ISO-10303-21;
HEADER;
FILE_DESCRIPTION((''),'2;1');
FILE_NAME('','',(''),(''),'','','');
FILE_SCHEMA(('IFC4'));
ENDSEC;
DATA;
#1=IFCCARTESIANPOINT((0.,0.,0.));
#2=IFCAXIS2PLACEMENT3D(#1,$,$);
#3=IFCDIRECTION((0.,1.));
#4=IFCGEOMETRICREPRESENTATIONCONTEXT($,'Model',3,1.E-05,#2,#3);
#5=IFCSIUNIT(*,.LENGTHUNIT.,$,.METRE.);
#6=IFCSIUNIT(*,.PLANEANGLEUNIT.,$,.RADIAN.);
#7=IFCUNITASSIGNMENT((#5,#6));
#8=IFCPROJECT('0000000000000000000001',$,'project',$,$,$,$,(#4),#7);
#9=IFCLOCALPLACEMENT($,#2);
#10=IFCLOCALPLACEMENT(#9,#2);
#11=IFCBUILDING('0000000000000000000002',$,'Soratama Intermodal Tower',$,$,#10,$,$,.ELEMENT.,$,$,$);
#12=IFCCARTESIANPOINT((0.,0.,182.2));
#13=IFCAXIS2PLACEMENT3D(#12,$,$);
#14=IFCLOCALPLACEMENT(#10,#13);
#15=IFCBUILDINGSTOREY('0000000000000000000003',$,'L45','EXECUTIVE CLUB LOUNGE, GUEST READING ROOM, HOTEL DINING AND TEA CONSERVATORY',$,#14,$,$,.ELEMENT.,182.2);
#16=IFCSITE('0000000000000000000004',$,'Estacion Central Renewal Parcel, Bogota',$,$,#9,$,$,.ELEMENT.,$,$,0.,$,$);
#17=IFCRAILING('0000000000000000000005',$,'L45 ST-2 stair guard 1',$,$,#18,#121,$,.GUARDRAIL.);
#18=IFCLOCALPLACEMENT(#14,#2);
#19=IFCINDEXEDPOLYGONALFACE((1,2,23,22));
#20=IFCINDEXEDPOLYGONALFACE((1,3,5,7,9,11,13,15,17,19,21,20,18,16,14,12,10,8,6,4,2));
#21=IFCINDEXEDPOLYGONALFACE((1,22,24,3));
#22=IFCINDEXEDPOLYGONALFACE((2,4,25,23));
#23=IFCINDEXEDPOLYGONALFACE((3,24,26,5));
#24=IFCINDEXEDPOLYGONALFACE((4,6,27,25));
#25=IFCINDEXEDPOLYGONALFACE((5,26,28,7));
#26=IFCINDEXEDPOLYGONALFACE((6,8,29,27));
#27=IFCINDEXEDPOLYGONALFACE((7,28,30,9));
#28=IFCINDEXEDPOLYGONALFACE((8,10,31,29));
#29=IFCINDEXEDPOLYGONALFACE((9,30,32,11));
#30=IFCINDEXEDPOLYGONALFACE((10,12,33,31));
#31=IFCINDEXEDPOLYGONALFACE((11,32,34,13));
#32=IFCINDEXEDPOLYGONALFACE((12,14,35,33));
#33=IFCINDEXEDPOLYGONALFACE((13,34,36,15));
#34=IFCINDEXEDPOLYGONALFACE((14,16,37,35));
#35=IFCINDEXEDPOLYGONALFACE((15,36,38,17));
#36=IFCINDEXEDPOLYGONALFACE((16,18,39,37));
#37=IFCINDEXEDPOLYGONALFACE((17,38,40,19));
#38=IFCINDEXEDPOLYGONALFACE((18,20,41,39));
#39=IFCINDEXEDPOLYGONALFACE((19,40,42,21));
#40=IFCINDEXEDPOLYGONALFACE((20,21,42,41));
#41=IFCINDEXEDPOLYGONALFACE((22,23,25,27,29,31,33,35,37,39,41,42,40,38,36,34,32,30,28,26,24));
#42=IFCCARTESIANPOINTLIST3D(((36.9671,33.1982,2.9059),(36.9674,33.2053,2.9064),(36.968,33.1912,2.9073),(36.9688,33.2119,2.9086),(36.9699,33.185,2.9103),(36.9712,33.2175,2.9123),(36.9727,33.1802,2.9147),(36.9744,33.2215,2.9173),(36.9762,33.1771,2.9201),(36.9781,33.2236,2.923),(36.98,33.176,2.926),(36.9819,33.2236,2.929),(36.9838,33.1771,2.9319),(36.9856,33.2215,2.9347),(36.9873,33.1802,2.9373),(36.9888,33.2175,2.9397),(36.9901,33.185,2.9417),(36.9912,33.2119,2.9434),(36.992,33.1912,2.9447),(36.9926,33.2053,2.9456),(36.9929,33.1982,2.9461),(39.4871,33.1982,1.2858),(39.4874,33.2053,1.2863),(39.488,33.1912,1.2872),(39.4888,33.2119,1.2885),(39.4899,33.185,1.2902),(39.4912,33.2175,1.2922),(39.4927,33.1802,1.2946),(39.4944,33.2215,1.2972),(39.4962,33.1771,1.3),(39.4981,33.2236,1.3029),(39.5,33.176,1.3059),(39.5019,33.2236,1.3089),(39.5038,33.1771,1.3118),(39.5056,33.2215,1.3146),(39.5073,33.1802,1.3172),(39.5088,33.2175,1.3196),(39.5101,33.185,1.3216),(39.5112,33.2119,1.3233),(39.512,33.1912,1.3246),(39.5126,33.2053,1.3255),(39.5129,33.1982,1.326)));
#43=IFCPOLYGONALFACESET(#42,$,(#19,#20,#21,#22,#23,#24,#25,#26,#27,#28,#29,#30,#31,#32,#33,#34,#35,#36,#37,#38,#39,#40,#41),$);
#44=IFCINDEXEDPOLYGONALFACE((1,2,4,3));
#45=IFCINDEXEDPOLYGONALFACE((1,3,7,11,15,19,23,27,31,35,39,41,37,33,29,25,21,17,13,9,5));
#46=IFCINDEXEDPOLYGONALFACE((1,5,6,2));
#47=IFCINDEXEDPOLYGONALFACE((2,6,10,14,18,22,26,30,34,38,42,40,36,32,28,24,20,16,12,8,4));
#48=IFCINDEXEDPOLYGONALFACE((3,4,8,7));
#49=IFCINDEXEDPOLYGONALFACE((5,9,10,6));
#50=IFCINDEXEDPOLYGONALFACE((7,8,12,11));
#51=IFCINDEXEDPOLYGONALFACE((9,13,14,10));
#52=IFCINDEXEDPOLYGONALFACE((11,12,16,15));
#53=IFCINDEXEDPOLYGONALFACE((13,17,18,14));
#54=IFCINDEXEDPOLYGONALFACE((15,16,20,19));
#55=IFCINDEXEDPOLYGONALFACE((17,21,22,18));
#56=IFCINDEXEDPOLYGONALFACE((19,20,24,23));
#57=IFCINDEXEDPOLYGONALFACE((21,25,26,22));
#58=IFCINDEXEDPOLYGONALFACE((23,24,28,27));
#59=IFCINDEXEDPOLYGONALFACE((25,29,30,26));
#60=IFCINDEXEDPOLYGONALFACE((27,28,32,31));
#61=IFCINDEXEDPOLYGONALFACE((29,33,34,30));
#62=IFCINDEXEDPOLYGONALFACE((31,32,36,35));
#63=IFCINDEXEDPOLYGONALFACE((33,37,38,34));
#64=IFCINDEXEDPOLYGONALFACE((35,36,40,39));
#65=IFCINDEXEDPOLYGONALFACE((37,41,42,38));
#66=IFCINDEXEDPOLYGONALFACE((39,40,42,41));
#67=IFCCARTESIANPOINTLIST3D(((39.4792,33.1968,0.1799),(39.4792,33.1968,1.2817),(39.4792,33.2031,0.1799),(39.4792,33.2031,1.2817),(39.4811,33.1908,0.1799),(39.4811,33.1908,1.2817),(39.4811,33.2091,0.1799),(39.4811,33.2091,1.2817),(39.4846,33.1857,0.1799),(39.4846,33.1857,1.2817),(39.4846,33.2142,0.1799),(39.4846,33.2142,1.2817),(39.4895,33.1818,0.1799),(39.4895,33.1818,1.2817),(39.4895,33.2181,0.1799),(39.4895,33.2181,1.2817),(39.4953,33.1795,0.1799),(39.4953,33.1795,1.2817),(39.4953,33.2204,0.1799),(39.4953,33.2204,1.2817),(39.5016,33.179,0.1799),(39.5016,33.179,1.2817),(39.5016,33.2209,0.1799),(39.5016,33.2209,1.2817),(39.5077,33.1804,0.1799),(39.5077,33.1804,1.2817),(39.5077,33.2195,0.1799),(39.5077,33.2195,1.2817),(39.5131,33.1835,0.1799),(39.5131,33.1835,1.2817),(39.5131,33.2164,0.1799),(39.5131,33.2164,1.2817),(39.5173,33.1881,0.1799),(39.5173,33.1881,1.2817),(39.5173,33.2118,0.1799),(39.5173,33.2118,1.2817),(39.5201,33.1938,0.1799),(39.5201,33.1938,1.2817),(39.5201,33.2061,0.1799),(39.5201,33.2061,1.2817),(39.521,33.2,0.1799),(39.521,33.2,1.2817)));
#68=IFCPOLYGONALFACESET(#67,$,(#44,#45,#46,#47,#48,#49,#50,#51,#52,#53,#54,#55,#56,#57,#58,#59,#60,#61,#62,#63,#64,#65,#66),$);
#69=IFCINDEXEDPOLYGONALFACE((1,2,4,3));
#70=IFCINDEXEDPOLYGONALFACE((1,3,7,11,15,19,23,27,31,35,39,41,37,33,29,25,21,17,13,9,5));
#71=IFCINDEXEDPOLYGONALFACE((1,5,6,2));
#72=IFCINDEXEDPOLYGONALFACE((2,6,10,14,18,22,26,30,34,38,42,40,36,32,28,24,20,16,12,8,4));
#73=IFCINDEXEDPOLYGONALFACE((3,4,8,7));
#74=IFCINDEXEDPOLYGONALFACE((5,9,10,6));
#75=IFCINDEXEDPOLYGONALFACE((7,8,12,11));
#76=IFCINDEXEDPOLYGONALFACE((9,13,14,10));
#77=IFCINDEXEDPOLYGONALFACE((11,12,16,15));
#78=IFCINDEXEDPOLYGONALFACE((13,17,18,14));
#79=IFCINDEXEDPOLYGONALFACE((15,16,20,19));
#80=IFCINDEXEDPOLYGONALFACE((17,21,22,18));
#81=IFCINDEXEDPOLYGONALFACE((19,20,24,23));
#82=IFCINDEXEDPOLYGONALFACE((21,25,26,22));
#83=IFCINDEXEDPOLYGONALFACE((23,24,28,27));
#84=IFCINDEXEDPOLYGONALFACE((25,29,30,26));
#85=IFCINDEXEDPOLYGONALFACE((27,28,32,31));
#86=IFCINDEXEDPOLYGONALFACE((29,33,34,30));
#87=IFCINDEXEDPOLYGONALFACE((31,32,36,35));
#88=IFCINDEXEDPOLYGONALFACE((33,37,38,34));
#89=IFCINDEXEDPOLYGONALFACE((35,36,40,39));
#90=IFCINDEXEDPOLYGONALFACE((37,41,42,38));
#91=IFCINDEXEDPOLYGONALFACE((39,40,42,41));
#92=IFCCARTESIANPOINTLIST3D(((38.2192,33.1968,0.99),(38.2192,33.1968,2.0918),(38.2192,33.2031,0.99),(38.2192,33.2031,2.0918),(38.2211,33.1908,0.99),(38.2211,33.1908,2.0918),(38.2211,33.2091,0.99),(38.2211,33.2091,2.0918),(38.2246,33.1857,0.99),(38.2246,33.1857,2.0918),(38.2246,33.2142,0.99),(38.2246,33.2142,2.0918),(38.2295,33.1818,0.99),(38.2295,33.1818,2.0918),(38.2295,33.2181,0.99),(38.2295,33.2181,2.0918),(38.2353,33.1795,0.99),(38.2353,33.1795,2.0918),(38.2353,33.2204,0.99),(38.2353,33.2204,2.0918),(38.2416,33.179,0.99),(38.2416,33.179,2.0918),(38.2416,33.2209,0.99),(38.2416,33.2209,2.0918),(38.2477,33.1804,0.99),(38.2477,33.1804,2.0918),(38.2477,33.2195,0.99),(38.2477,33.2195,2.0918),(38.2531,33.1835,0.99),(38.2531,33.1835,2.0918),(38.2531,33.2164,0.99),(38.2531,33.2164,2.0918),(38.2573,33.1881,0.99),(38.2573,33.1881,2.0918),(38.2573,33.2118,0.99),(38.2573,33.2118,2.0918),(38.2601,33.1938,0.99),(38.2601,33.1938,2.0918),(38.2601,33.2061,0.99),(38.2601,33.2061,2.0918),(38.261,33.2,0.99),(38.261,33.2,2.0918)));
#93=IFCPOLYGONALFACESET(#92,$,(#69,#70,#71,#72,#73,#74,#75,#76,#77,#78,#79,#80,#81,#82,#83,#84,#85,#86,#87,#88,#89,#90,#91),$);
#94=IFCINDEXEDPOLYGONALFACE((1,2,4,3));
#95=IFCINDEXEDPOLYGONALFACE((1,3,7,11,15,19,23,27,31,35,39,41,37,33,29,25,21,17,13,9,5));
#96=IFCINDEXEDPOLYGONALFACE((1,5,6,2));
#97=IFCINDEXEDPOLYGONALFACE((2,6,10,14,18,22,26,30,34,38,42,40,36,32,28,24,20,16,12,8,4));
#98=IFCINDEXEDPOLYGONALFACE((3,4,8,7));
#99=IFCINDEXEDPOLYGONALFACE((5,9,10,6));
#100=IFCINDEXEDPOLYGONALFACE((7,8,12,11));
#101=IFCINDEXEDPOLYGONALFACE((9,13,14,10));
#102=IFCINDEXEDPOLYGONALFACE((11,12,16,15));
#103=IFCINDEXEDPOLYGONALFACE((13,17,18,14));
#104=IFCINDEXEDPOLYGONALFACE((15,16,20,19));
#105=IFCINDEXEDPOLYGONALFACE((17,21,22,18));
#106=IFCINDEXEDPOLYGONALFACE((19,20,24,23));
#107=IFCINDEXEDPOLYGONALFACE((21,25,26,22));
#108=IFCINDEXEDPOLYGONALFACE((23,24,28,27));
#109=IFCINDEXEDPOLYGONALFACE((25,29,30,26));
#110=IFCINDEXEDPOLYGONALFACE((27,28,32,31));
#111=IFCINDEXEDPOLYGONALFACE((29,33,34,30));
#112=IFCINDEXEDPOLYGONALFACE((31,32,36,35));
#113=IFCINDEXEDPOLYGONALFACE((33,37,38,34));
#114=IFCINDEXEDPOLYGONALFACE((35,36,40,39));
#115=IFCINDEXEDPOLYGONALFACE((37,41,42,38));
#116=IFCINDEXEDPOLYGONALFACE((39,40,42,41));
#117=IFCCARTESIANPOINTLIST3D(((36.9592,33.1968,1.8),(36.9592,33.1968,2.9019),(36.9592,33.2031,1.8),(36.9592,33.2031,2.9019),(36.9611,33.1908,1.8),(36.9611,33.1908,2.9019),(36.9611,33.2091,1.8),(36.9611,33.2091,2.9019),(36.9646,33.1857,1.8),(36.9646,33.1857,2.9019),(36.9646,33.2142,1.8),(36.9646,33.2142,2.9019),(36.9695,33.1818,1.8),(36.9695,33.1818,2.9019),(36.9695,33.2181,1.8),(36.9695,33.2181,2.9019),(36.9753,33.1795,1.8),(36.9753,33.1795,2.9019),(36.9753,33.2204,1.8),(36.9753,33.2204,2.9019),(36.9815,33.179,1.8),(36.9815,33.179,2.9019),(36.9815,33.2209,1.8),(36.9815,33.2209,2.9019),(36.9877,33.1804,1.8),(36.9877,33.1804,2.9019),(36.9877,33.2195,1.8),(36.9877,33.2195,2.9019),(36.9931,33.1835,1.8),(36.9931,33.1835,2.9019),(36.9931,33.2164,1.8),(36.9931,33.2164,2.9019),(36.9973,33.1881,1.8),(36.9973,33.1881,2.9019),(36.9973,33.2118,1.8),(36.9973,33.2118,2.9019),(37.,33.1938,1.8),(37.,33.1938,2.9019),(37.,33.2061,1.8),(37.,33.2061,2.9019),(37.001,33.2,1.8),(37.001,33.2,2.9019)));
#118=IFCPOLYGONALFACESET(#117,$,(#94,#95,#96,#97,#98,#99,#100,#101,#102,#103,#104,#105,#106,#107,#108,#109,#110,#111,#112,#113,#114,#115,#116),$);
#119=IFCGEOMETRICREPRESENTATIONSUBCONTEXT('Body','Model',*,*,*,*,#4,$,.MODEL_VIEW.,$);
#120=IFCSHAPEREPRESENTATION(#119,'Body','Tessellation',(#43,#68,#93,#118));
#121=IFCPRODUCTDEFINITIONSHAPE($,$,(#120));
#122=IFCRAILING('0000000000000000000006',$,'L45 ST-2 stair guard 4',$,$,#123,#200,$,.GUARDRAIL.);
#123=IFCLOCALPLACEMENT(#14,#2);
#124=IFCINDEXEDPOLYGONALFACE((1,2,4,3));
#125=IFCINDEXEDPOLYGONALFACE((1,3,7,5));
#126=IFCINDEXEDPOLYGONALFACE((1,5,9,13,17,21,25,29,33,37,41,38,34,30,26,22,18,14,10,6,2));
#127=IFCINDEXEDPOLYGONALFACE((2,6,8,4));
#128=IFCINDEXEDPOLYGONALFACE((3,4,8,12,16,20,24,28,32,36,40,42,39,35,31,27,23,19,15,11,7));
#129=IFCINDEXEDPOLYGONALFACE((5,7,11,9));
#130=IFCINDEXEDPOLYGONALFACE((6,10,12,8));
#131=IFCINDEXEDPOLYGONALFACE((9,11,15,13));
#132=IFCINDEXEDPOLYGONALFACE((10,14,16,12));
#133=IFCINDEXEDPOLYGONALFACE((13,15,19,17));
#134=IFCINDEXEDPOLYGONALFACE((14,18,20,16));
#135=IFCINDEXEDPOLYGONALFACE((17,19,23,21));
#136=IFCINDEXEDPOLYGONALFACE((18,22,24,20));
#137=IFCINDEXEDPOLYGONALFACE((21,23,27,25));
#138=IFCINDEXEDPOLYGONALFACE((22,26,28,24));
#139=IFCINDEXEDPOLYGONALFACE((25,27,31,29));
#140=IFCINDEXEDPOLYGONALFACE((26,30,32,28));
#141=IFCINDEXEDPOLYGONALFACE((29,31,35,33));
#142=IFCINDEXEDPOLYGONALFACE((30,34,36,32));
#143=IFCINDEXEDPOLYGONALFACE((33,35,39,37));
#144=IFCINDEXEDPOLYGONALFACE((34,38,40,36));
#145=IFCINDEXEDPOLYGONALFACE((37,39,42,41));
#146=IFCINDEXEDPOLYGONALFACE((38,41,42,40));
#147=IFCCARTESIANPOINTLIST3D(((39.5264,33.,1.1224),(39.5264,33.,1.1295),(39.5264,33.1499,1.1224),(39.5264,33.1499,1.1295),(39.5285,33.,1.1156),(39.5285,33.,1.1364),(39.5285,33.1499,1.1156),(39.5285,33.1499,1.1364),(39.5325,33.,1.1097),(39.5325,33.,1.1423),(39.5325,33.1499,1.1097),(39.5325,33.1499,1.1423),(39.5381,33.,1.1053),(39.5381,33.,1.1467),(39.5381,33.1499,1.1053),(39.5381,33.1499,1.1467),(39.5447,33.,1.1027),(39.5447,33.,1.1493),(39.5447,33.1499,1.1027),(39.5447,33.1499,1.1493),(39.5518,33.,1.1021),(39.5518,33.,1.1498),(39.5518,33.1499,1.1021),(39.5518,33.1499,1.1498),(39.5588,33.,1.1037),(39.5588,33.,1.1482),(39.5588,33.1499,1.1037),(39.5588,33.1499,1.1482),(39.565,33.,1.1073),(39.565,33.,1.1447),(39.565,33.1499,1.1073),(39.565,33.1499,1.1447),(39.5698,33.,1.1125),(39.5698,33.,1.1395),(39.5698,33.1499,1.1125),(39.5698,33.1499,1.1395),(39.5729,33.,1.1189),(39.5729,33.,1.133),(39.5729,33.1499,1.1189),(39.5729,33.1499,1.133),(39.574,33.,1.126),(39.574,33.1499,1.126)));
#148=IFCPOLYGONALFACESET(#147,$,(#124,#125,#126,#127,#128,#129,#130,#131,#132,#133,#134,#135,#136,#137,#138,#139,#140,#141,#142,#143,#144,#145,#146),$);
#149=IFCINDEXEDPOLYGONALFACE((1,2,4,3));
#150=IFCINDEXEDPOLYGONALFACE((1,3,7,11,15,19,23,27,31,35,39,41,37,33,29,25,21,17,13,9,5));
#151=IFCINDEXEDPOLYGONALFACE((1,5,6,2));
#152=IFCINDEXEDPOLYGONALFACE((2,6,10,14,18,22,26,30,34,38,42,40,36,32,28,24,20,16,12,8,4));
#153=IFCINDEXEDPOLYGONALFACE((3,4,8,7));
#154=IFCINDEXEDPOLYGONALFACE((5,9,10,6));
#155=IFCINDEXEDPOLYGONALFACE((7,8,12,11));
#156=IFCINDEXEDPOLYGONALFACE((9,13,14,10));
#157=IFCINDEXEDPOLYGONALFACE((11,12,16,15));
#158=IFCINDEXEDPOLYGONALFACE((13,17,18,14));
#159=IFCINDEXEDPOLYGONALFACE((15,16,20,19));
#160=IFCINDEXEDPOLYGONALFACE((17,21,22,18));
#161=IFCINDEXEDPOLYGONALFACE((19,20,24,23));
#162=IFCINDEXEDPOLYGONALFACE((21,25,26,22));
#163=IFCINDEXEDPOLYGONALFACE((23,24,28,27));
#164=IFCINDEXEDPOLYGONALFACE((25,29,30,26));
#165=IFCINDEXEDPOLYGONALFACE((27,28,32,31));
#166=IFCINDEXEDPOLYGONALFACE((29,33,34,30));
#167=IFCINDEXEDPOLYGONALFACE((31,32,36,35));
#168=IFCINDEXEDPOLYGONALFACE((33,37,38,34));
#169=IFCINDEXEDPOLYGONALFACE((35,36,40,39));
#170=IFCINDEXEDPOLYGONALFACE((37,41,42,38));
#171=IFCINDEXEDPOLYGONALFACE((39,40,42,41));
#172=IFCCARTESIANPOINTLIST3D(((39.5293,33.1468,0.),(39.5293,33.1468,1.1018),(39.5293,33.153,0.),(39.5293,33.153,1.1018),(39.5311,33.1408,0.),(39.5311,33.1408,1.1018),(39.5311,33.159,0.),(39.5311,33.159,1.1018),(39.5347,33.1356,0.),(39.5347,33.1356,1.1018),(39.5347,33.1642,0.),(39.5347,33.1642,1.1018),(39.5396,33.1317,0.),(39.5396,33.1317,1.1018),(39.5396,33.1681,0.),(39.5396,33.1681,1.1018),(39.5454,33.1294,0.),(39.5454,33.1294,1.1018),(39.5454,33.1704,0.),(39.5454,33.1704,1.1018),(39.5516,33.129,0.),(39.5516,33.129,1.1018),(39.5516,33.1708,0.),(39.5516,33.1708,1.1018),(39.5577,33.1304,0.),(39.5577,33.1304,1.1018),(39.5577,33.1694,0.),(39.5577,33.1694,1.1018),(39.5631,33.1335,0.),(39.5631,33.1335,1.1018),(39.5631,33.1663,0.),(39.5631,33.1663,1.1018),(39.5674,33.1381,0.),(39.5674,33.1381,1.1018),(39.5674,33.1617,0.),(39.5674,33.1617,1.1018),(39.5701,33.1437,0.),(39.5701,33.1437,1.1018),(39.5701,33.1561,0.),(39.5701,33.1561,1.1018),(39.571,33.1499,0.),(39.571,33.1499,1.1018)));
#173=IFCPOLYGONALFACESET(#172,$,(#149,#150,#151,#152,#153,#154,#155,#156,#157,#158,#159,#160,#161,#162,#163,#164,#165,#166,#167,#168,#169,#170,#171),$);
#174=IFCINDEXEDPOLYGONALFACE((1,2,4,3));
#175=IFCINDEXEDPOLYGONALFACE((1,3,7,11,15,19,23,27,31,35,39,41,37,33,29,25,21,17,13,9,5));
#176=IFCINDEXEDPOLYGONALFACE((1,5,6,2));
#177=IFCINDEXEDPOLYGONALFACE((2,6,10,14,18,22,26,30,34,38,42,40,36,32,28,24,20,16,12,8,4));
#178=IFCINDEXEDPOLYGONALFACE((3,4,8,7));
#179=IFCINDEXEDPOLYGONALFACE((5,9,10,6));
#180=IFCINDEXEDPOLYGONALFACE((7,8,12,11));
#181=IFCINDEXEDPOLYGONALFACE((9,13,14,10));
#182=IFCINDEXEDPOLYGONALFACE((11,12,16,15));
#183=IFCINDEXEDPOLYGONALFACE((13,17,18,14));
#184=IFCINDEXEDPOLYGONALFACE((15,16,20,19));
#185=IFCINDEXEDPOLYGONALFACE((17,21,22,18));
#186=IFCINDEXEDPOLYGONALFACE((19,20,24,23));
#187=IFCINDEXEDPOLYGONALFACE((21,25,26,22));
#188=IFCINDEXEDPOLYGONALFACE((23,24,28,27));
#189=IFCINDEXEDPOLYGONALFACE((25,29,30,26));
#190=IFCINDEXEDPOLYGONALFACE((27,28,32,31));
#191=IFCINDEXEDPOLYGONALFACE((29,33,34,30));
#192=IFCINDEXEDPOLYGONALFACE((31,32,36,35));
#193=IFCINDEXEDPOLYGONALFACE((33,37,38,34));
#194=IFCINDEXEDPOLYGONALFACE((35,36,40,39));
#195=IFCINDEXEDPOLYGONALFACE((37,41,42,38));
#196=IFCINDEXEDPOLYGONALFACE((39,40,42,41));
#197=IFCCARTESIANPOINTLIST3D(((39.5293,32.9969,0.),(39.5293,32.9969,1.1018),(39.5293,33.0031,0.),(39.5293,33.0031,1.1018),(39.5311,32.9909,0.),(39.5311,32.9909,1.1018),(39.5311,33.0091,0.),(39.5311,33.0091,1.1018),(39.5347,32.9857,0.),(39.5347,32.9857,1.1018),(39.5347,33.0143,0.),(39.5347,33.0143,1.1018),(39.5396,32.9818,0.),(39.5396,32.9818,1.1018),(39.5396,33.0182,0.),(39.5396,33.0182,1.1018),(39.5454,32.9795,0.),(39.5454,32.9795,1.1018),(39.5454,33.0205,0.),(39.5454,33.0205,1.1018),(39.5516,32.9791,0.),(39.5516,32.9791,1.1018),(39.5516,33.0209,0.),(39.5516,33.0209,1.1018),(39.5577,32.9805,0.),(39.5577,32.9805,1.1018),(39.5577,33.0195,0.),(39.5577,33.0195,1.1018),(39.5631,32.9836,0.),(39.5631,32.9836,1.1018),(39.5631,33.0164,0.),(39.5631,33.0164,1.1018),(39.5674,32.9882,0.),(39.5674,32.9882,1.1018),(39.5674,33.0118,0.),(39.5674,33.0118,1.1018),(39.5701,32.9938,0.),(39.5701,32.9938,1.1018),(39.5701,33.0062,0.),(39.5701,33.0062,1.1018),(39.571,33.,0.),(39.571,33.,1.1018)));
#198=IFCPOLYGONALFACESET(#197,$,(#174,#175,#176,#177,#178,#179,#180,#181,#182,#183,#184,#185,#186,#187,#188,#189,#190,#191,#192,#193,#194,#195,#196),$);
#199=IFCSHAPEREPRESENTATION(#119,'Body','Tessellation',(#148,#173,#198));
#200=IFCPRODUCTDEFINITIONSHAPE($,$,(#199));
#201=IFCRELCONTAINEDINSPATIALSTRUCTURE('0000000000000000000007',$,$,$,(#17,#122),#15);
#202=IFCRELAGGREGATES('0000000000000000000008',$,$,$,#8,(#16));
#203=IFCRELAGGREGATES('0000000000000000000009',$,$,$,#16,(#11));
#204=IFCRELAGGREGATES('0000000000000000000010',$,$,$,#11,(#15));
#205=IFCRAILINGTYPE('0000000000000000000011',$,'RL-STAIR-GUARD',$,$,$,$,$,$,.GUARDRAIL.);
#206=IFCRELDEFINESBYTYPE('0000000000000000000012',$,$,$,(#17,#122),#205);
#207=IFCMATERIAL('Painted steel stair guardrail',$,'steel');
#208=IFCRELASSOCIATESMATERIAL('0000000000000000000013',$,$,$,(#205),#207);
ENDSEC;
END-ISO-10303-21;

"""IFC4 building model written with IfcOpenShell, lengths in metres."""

from ifc_helpers import new_model, si_unit, direction, frame, origin, origin_2d, place, context, subcontext, project, spatial, circle, extrude, material, type_object, element, save


model = new_model("IFC4")

# Units and contexts
model_context = context("Model", 3, precision=1e-05, world=origin(), true_north=direction((0.0, 1.0)))
body_context = subcontext(model_context, "Body", "Model", "MODEL_VIEW")
ifc_project = project(units=[si_unit("LENGTHUNIT", "METRE"), si_unit("PLANEANGLEUNIT", "RADIAN")], contexts=[model_context])

# Site, building, storey
site_placement = place(None, origin())
site = spatial("IfcSite", under=ifc_project, at=site_placement, Name="Estacion Central Renewal Parcel, Bogota", CompositionType="ELEMENT", RefElevation=0.0)
building_placement = place(site_placement, origin())
building = spatial("IfcBuilding", under=site, at=building_placement, Name="Soratama Intermodal Tower", CompositionType="ELEMENT")
storey_placement = place(building_placement, frame((0.0, 0.0, 182.2)))
storey = spatial("IfcBuildingStorey", under=building, at=storey_placement, Name="L45", Description="EXECUTIVE CLUB LOUNGE, GUEST READING ROOM, HOTEL DINING AND TEA CONSERVATORY", CompositionType="ELEMENT", Elevation=182.2)

# Railings
ifc_material_1 = material(Name="Painted steel stair guardrail", Category="steel")
railing_type_1 = type_object("IfcRailingType", Name="RL-STAIR-GUARD", PredefinedType="GUARDRAIL", material=ifc_material_1)
railing_1_placement = place(storey_placement, frame((39.5, 33.2, 0.1799)))
element("IfcRailing", 1, at=railing_1_placement, inside=storey, type_object=railing_type_1, Name="L45 ST-2 stair guard 1", PredefinedType="GUARDRAIL", context=body_context, shape_type="SweptSolid", body=[
    extrude(circle(Radius=0.0239, at=origin_2d()), frame((0.0, 0.0, 1.126), z_axis=(-0.841163, 0.0, 0.540782), x_axis=(0.0, -1.0, 0.0)), (0.0, 0.0, 1.0), 2.9958),
    extrude(circle(Radius=0.021, at=origin_2d()), origin(), (0.0, 0.0, 1.0), 1.1018),
    extrude(circle(Radius=0.021, at=origin_2d()), frame((-1.26, 0.0, 0.8101)), (0.0, 0.0, 1.0), 1.1018),
    extrude(circle(Radius=0.021, at=origin_2d()), frame((-2.52, 0.0, 1.6201)), (0.0, 0.0, 1.0), 1.1018),
])
railing_2_placement = place(storey_placement, frame((39.55, 33.1499, 0.0)))
element("IfcRailing", 2, at=railing_2_placement, inside=storey, type_object=railing_type_1, Name="L45 ST-2 stair guard 4", PredefinedType="GUARDRAIL", context=body_context, shape_type="SweptSolid", body=[
    extrude(circle(Radius=0.0239, at=origin_2d()), frame((0.0, 0.0, 1.126), z_axis=(0.0, -1.0, 0.0), x_axis=(1.0, 0.0, 0.0)), (0.0, 0.0, 1.0), 0.1499),
    extrude(circle(Radius=0.021, at=origin_2d()), origin(), (0.0, 0.0, 1.0), 1.1018),
    extrude(circle(Radius=0.021, at=origin_2d()), frame((0.0, -0.1499, 0.0)), (0.0, 0.0, 1.0), 1.1018),
])

save(model, "model.ifc")
